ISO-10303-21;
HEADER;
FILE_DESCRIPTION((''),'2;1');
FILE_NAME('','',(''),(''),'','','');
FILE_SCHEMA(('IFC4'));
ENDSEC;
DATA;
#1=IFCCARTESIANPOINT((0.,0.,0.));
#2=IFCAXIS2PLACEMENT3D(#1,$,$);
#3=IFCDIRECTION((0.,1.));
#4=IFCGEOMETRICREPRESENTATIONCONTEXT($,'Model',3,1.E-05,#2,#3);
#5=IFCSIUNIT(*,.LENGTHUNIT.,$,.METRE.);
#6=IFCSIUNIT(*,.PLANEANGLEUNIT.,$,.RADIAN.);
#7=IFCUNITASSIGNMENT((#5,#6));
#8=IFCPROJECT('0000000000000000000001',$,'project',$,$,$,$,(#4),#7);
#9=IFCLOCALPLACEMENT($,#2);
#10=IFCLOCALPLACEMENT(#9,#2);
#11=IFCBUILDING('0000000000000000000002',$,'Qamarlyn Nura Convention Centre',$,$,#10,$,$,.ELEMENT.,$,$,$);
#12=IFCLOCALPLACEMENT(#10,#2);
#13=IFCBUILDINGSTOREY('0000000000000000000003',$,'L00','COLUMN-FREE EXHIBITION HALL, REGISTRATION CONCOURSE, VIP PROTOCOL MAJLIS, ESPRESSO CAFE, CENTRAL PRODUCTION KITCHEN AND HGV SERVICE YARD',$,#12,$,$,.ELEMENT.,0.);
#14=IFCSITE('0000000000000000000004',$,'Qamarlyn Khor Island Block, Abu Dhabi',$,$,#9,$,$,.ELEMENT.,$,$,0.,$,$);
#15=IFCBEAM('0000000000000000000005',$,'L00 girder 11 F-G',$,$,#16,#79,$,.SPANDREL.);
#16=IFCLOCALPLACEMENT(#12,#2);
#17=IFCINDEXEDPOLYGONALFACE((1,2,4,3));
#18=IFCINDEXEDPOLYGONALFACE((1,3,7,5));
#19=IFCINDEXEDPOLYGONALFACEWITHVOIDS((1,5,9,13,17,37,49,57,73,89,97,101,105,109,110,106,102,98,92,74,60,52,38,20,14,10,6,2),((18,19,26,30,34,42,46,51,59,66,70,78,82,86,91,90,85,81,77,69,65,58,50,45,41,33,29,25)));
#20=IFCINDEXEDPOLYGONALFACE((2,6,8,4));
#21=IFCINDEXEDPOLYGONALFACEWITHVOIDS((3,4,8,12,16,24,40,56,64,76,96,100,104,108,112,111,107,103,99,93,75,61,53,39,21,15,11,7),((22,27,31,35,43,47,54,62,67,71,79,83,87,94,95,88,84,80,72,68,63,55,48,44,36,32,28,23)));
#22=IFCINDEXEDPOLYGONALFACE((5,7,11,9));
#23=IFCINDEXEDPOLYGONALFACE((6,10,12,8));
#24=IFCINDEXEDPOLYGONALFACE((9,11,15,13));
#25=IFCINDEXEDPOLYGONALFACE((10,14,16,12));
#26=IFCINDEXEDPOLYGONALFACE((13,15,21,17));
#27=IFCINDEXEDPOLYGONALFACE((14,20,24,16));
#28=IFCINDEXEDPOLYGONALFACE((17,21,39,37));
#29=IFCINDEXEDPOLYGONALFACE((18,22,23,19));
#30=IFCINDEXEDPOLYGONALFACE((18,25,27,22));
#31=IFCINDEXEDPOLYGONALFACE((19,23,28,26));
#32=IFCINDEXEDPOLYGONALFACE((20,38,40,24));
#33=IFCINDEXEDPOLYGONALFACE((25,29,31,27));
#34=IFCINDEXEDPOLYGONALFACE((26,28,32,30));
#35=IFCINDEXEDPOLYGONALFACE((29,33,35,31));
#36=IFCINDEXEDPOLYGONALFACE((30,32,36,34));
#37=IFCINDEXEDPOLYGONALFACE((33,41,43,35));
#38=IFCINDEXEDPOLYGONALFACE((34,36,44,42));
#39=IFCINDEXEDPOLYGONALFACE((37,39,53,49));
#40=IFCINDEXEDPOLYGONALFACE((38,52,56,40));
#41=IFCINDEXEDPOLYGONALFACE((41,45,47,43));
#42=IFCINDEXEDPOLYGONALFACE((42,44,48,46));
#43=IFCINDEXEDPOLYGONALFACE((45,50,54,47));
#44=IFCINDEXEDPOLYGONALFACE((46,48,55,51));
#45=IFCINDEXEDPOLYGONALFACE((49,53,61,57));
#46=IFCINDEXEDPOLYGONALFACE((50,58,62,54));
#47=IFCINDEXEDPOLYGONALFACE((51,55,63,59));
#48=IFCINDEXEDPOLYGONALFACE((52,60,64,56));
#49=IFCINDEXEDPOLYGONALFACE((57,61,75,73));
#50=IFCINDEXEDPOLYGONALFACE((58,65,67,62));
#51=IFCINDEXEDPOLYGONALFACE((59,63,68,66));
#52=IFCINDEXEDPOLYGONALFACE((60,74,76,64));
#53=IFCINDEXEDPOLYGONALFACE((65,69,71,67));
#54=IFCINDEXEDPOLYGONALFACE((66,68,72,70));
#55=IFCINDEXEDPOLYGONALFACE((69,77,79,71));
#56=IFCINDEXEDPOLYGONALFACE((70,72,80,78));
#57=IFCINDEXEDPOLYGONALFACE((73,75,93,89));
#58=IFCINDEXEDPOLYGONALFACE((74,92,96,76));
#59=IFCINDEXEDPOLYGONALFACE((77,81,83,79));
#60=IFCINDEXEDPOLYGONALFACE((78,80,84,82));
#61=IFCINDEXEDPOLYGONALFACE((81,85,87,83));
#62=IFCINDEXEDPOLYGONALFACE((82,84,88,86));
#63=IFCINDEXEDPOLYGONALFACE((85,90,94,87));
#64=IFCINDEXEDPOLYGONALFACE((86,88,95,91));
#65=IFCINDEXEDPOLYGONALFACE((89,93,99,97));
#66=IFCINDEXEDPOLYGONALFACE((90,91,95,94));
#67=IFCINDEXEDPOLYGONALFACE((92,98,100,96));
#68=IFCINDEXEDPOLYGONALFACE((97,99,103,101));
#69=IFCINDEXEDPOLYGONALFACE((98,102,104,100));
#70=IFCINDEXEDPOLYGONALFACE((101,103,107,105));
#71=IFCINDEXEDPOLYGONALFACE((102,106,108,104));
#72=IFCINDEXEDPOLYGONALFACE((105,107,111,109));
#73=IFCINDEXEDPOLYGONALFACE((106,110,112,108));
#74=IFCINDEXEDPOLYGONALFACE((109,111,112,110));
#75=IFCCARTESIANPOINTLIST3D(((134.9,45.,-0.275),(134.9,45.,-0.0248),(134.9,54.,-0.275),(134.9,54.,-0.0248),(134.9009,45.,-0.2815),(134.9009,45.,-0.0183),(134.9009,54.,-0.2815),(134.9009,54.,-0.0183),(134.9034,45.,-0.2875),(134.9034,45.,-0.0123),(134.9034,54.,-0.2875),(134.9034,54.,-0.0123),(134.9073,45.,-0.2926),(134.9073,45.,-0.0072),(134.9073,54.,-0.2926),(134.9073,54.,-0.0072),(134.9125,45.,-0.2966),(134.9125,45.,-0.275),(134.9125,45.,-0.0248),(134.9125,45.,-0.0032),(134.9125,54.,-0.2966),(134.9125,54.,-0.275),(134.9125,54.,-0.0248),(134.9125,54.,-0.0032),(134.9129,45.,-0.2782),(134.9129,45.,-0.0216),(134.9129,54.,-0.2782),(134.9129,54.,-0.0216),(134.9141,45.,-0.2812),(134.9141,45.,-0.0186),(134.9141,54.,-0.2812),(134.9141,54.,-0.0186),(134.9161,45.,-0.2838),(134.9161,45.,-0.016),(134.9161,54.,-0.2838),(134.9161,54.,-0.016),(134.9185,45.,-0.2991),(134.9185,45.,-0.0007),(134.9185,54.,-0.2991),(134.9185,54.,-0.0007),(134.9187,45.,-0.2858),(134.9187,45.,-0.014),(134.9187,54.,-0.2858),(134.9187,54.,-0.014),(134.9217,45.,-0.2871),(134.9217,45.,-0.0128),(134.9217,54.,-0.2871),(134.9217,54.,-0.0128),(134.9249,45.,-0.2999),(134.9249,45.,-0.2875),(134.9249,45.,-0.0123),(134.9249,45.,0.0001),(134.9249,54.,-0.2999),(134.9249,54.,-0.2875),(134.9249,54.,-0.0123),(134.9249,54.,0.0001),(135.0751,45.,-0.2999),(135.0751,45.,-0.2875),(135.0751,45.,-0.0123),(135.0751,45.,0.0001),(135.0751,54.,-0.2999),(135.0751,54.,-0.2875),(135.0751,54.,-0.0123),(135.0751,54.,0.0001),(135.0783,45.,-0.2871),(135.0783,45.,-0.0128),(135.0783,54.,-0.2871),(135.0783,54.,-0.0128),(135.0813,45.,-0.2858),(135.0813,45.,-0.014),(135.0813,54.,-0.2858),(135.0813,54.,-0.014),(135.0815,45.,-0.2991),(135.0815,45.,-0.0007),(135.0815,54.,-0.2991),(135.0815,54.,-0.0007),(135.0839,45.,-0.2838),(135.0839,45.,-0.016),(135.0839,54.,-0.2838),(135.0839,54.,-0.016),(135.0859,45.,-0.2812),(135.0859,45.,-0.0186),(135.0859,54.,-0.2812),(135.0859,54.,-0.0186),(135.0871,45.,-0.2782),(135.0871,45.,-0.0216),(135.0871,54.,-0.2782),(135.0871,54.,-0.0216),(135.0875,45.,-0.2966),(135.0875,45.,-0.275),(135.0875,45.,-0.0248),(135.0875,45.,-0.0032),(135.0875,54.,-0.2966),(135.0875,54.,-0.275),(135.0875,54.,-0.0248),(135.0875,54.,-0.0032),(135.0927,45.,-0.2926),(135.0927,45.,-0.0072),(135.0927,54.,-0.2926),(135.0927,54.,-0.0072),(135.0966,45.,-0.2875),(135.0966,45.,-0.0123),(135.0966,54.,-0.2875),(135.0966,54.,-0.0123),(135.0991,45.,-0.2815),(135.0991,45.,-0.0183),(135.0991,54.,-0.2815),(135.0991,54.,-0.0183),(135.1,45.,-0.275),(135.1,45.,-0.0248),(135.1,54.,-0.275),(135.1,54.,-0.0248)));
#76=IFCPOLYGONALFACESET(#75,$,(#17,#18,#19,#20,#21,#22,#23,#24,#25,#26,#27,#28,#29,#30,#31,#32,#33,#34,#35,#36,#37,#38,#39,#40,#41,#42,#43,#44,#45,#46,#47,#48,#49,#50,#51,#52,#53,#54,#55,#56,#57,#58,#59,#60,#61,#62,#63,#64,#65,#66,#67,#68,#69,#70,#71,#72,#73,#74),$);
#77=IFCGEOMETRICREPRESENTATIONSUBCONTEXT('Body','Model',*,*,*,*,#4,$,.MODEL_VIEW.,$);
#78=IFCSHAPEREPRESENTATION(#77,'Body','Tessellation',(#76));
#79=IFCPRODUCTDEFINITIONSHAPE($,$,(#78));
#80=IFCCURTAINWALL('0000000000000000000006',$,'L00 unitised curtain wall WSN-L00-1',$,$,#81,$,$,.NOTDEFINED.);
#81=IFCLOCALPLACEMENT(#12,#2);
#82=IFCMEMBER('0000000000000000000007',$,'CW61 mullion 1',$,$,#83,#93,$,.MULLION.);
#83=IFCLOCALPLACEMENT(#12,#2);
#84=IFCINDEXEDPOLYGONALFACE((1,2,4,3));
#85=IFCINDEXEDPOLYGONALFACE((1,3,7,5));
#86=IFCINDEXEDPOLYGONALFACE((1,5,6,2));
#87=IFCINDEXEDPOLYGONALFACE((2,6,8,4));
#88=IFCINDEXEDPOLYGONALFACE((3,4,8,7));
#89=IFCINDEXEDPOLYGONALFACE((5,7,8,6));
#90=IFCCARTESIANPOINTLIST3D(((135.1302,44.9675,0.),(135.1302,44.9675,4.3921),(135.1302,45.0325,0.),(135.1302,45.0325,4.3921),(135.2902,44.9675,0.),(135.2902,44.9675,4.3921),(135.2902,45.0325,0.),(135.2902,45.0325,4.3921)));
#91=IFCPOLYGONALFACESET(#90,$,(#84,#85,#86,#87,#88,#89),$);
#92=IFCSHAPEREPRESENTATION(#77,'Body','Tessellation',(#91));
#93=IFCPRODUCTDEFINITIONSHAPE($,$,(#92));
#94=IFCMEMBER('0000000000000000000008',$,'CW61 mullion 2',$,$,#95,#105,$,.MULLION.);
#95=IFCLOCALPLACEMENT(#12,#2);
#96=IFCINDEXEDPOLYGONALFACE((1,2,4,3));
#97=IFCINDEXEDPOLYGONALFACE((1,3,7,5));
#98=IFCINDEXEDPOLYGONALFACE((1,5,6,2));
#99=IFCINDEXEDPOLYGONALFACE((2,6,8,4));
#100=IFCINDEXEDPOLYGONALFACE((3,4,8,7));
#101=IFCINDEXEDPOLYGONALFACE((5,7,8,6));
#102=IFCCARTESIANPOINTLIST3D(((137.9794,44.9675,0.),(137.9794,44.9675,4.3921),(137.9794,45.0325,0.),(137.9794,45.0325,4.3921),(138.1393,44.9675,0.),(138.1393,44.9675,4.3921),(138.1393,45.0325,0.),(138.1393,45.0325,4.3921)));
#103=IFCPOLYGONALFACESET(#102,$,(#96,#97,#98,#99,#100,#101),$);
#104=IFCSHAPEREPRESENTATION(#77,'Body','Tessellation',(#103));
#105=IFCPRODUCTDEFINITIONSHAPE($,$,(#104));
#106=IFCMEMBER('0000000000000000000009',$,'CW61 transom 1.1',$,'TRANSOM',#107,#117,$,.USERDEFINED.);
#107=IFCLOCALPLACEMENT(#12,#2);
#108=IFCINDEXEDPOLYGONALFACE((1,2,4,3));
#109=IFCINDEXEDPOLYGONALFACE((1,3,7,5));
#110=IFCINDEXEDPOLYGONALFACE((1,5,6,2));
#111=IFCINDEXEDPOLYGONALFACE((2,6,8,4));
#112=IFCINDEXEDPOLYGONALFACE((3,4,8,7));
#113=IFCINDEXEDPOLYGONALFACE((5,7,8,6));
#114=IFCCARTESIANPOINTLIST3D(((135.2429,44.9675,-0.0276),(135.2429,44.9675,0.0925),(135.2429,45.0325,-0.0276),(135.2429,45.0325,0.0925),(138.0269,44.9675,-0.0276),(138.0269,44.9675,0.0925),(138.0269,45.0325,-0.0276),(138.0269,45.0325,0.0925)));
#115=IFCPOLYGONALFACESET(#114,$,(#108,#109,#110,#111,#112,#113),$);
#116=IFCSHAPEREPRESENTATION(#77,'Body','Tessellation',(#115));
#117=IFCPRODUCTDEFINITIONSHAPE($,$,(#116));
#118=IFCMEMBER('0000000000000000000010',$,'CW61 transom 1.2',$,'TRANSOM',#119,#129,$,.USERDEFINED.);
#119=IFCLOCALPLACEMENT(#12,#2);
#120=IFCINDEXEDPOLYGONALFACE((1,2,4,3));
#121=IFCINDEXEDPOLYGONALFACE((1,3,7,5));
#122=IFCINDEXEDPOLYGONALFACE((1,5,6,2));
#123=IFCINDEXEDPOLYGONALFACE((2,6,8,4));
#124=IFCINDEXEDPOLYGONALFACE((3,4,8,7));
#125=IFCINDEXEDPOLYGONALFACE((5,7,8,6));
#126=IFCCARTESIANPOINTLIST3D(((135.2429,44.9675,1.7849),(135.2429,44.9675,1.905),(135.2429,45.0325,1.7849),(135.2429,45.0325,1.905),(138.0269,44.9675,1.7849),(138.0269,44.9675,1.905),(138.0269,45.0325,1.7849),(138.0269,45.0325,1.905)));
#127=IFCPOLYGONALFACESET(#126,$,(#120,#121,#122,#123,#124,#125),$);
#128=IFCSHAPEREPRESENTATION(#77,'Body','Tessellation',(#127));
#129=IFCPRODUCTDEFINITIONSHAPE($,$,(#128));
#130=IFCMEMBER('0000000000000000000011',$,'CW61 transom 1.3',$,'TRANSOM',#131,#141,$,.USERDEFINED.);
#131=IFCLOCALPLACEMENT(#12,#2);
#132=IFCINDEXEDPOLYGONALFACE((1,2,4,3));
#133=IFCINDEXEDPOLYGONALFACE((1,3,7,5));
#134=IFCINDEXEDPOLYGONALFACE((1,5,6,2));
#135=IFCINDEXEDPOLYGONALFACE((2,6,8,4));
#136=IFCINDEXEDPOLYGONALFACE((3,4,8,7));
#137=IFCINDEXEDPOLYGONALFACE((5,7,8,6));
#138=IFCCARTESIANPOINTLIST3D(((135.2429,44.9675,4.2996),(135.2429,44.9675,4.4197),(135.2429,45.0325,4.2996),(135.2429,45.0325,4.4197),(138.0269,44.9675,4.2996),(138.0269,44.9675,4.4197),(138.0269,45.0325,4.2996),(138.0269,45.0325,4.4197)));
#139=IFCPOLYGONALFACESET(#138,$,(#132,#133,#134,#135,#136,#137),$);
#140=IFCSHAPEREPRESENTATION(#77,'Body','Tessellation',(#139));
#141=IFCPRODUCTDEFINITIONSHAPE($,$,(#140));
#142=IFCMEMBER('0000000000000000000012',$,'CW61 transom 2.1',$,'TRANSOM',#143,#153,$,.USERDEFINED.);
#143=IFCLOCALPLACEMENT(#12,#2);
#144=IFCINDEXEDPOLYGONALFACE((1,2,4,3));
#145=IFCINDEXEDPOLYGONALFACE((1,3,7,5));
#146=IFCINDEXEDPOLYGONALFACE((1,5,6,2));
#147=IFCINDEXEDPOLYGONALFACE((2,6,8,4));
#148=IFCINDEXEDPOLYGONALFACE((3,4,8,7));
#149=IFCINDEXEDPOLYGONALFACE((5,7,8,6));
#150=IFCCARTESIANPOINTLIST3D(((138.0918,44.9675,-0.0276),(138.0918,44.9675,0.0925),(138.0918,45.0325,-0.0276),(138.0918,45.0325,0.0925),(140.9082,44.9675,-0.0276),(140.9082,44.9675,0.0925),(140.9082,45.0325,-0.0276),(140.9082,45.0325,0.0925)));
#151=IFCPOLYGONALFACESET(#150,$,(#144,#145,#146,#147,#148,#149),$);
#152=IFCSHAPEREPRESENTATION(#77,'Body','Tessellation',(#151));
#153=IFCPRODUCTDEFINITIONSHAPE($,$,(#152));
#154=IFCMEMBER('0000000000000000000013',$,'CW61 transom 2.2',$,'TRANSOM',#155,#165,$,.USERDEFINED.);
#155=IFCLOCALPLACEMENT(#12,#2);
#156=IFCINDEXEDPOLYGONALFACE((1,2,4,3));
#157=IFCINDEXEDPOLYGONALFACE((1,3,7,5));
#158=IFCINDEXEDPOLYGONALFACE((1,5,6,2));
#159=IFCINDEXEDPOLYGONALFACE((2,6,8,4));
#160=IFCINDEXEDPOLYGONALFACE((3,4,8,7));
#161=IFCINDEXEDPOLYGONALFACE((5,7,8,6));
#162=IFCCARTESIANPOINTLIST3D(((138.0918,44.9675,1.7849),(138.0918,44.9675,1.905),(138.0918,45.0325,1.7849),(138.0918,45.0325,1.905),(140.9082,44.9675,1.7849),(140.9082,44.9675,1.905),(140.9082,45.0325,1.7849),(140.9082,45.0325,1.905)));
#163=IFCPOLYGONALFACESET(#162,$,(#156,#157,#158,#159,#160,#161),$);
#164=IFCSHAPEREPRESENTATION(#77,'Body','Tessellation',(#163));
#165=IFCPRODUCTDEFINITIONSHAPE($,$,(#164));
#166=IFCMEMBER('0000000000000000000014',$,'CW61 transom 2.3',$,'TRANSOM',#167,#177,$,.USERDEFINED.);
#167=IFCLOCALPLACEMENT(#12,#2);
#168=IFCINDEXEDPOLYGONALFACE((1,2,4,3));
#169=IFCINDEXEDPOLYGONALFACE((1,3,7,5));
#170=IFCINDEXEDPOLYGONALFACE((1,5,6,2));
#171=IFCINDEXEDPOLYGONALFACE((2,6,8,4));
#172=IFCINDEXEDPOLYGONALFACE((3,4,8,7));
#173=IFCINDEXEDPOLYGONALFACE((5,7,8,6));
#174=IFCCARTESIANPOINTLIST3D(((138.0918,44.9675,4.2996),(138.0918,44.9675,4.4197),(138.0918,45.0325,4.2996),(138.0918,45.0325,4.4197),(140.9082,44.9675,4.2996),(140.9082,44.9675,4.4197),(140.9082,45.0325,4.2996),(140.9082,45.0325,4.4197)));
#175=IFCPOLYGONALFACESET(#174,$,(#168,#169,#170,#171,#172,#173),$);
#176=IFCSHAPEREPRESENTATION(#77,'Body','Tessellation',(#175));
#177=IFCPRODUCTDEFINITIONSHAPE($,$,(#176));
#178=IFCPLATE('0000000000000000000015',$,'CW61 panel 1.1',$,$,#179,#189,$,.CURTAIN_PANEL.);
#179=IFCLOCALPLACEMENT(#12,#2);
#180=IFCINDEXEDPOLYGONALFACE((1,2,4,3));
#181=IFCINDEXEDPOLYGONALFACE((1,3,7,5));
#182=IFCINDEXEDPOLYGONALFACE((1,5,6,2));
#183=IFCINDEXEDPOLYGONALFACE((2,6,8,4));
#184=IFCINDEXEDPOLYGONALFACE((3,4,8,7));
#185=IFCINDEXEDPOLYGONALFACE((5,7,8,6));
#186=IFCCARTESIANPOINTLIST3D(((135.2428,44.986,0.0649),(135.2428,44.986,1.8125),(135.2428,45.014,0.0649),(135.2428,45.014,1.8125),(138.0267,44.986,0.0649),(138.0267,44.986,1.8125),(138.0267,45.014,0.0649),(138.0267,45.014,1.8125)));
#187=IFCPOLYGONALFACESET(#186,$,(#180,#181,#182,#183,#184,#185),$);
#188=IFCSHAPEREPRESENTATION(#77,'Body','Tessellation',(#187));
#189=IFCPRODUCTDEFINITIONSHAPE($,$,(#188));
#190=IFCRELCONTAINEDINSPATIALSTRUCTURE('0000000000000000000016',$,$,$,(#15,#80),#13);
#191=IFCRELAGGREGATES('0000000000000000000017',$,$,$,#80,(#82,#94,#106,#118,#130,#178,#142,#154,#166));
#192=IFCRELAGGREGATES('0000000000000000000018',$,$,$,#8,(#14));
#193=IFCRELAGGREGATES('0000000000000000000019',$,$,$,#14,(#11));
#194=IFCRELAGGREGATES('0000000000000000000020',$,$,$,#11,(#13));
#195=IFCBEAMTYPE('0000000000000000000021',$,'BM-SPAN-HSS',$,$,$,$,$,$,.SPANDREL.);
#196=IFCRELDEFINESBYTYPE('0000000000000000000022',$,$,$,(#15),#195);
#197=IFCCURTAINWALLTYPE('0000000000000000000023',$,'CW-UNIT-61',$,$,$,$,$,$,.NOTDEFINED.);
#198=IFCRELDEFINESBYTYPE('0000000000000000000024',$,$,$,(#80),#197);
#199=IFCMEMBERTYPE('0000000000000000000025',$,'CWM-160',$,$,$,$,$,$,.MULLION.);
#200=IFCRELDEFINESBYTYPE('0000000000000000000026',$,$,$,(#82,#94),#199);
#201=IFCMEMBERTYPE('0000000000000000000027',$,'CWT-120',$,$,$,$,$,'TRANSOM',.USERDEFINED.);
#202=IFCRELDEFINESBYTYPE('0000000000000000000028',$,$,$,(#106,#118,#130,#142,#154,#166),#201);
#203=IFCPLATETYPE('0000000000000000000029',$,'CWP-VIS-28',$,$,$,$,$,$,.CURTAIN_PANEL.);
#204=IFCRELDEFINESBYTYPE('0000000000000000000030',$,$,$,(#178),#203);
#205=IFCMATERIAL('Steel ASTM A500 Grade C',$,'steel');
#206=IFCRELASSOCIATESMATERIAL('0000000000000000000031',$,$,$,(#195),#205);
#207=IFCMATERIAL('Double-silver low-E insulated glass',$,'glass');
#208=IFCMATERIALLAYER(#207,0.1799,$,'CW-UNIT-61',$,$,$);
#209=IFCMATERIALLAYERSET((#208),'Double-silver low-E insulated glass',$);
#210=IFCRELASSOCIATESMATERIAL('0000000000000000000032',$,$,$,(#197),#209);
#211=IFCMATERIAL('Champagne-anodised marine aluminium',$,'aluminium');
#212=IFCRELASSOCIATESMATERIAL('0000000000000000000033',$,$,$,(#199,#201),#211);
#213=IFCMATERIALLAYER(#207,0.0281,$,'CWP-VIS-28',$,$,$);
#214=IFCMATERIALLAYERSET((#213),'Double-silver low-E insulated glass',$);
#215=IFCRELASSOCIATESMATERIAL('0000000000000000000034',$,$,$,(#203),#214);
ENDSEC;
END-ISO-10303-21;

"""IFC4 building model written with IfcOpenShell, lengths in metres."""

from ifc_helpers import new_model, si_unit, direction, frame, origin, origin_2d, place, context, subcontext, project, spatial, rectangle, hollow_rectangle, extrude, material, layer, layer_set, material_profile, profile_set, type_object, element, aggregate, save


model = new_model("IFC4")

# Units and contexts
model_context = context("Model", 3, precision=1e-05, world=origin(), true_north=direction((0.0, 1.0)))
body_context = subcontext(model_context, "Body", "Model", "MODEL_VIEW")
ifc_project = project(units=[si_unit("LENGTHUNIT", "METRE"), si_unit("PLANEANGLEUNIT", "RADIAN")], contexts=[model_context])

# Site, building, storey
site_placement = place(None, origin())
site = spatial("IfcSite", under=ifc_project, at=site_placement, Name="Qamarlyn Khor Island Block, Abu Dhabi", CompositionType="ELEMENT", RefElevation=0.0)
building_placement = place(site_placement, origin())
building = spatial("IfcBuilding", under=site, at=building_placement, Name="Qamarlyn Nura Convention Centre", CompositionType="ELEMENT")
storey_placement = place(building_placement, origin())
storey = spatial("IfcBuildingStorey", under=building, at=storey_placement, Name="L00", Description="COLUMN-FREE EXHIBITION HALL, REGISTRATION CONCOURSE, VIP PROTOCOL MAJLIS, ESPRESSO CAFE, CENTRAL PRODUCTION KITCHEN AND HGV SERVICE YARD", CompositionType="ELEMENT", Elevation=0.0)

# Beam
ifc_material_1 = material(Name="Steel ASTM A500 Grade C", Category="steel")
ifc_material_profile_1 = material_profile(ifc_material_1, hollow_rectangle(XDim=0.2, YDim=0.3, WallThickness=0.0125, InnerFilletRadius=0.0125, OuterFilletRadius=0.0249, at=origin_2d()), Name="HSS300X200X12.5")
ifc_profile_set_1 = profile_set([ifc_material_profile_1], Name="Steel ASTM A500 Grade C")
beam_type_1 = type_object("IfcBeamType", Name="BM-SPAN-HSS", PredefinedType="SPANDREL", material=ifc_profile_set_1)
beam_1_placement = place(storey_placement, frame((135.0, 45.0, -0.1499), z_axis=(0.0, 1.0, 0.0), x_axis=(-1.0, 0.0, 0.0)))
element("IfcBeam", 1, at=beam_1_placement, inside=storey, type_object=beam_type_1, Name="L00 girder 11 F-G", PredefinedType="SPANDREL", context=body_context, shape_type="SweptSolid", body=[
    extrude(hollow_rectangle(XDim=0.2, YDim=0.3, WallThickness=0.0125, InnerFilletRadius=0.0125, OuterFilletRadius=0.0249, at=origin_2d()), origin(), (0.0, 0.0, 1.0), 9.0),
])

# Curtain wall, members, plate
ifc_material_2 = material(Name="Double-silver low-E insulated glass", Category="glass")
ifc_layer_1 = layer(ifc_material_2, 0.1799, Name="CW-UNIT-61")
ifc_layer_set_1 = layer_set([ifc_layer_1], Name="Double-silver low-E insulated glass")
curtain_wall_type = type_object("IfcCurtainWallType", Name="CW-UNIT-61", PredefinedType="NOTDEFINED", material=ifc_layer_set_1)
curtain_wall_placement = place(storey_placement, origin())
curtain_wall = element("IfcCurtainWall", 2, at=curtain_wall_placement, inside=storey, type_object=curtain_wall_type, Name="L00 unitised curtain wall WSN-L00-1", PredefinedType="NOTDEFINED")
ifc_material_3 = material(Name="Champagne-anodised marine aluminium", Category="aluminium")
ifc_material_profile_2 = material_profile(ifc_material_3, rectangle(XDim=0.0649, YDim=0.1599, at=origin_2d()), Name="ALU MULLION 65x160")
ifc_profile_set_2 = profile_set([ifc_material_profile_2], Name="Champagne-anodised marine aluminium")
member_type_1 = type_object("IfcMemberType", Name="CWM-160", PredefinedType="MULLION", material=ifc_profile_set_2)
member_1_placement = place(storey_placement, frame((135.2102, 45.0, 0.0), z_axis=(0.0, 0.0, 1.0), x_axis=(0.0, 1.0, 0.0)))
member_1 = element("IfcMember", 3, at=member_1_placement, type_object=member_type_1, Name="CW61 mullion 1", PredefinedType="MULLION", context=body_context, shape_type="SweptSolid", body=[
    extrude(rectangle(XDim=0.0649, YDim=0.1599, at=origin_2d()), origin(), (0.0, 0.0, 1.0), 4.3921),
])
member_2_placement = place(storey_placement, frame((138.0593, 45.0, 0.0), z_axis=(0.0, 0.0, 1.0), x_axis=(0.0, 1.0, 0.0)))
member_2 = element("IfcMember", 4, at=member_2_placement, type_object=member_type_1, Name="CW61 mullion 2", PredefinedType="MULLION", context=body_context, shape_type="SweptSolid", body=[
    extrude(rectangle(XDim=0.0649, YDim=0.1599, at=origin_2d()), origin(), (0.0, 0.0, 1.0), 4.3921),
])
ifc_material_profile_3 = material_profile(ifc_material_3, rectangle(XDim=0.0649, YDim=0.1201, at=origin_2d()), Name="ALU TRANSOM 65x120")
ifc_profile_set_3 = profile_set([ifc_material_profile_3], Name="Champagne-anodised marine aluminium")
member_type_2 = type_object("IfcMemberType", Name="CWT-120", ElementType="TRANSOM", PredefinedType="USERDEFINED", material=ifc_profile_set_3)
member_3_placement = place(storey_placement, frame((135.2429, 45.0, 0.0325), z_axis=(1.0, 0.0, 0.0), x_axis=(0.0, 1.0, 0.0)))
member_3 = element("IfcMember", 5, at=member_3_placement, type_object=member_type_2, Name="CW61 transom 1.1", ObjectType="TRANSOM", PredefinedType="USERDEFINED", context=body_context, shape_type="SweptSolid", body=[
    extrude(rectangle(XDim=0.0649, YDim=0.1201, at=origin_2d()), origin(), (0.0, 0.0, 1.0), 2.7839),
])
member_4_placement = place(storey_placement, frame((135.2429, 45.0, 1.845), z_axis=(1.0, 0.0, 0.0), x_axis=(0.0, 1.0, 0.0)))
member_4 = element("IfcMember", 6, at=member_4_placement, type_object=member_type_2, Name="CW61 transom 1.2", ObjectType="TRANSOM", PredefinedType="USERDEFINED", context=body_context, shape_type="SweptSolid", body=[
    extrude(rectangle(XDim=0.0649, YDim=0.1201, at=origin_2d()), origin(), (0.0, 0.0, 1.0), 2.7839),
])
member_5_placement = place(storey_placement, frame((135.2429, 45.0, 4.3596), z_axis=(1.0, 0.0, 0.0), x_axis=(0.0, 1.0, 0.0)))
member_5 = element("IfcMember", 7, at=member_5_placement, type_object=member_type_2, Name="CW61 transom 1.3", ObjectType="TRANSOM", PredefinedType="USERDEFINED", context=body_context, shape_type="SweptSolid", body=[
    extrude(rectangle(XDim=0.0649, YDim=0.1201, at=origin_2d()), origin(), (0.0, 0.0, 1.0), 2.7839),
])
member_6_placement = place(storey_placement, frame((138.0918, 45.0, 0.0325), z_axis=(1.0, 0.0, 0.0), x_axis=(0.0, 1.0, 0.0)))
member_6 = element("IfcMember", 8, at=member_6_placement, type_object=member_type_2, Name="CW61 transom 2.1", ObjectType="TRANSOM", PredefinedType="USERDEFINED", context=body_context, shape_type="SweptSolid", body=[
    extrude(rectangle(XDim=0.0649, YDim=0.1201, at=origin_2d()), origin(), (0.0, 0.0, 1.0), 2.8164),
])
member_7_placement = place(storey_placement, frame((138.0918, 45.0, 1.845), z_axis=(1.0, 0.0, 0.0), x_axis=(0.0, 1.0, 0.0)))
member_7 = element("IfcMember", 9, at=member_7_placement, type_object=member_type_2, Name="CW61 transom 2.2", ObjectType="TRANSOM", PredefinedType="USERDEFINED", context=body_context, shape_type="SweptSolid", body=[
    extrude(rectangle(XDim=0.0649, YDim=0.1201, at=origin_2d()), origin(), (0.0, 0.0, 1.0), 2.8164),
])
member_8_placement = place(storey_placement, frame((138.0918, 45.0, 4.3596), z_axis=(1.0, 0.0, 0.0), x_axis=(0.0, 1.0, 0.0)))
member_8 = element("IfcMember", 10, at=member_8_placement, type_object=member_type_2, Name="CW61 transom 2.3", ObjectType="TRANSOM", PredefinedType="USERDEFINED", context=body_context, shape_type="SweptSolid", body=[
    extrude(rectangle(XDim=0.0649, YDim=0.1201, at=origin_2d()), origin(), (0.0, 0.0, 1.0), 2.8164),
])
ifc_layer_2 = layer(ifc_material_2, 0.0281, Name="CWP-VIS-28")
ifc_layer_set_2 = layer_set([ifc_layer_2], Name="Double-silver low-E insulated glass")
plate_type = type_object("IfcPlateType", Name="CWP-VIS-28", PredefinedType="CURTAIN_PANEL", material=ifc_layer_set_2)
plate_1_placement = place(storey_placement, frame((136.6348, 45.0, 0.0649), z_axis=(0.0, 0.0, 1.0), x_axis=(1.0, 0.0, 0.0)))
plate_1 = element("IfcPlate", 11, at=plate_1_placement, type_object=plate_type, Name="CW61 panel 1.1", PredefinedType="CURTAIN_PANEL", context=body_context, shape_type="SweptSolid", body=[
    extrude(rectangle(XDim=2.7839, YDim=0.0281, at=origin_2d()), origin(), (0.0, 0.0, 1.0), 1.7476),
])
aggregate(curtain_wall, [member_1, member_2, member_3, member_4, member_5, plate_1, member_6, member_7, member_8])

save(model, "model.ifc")
